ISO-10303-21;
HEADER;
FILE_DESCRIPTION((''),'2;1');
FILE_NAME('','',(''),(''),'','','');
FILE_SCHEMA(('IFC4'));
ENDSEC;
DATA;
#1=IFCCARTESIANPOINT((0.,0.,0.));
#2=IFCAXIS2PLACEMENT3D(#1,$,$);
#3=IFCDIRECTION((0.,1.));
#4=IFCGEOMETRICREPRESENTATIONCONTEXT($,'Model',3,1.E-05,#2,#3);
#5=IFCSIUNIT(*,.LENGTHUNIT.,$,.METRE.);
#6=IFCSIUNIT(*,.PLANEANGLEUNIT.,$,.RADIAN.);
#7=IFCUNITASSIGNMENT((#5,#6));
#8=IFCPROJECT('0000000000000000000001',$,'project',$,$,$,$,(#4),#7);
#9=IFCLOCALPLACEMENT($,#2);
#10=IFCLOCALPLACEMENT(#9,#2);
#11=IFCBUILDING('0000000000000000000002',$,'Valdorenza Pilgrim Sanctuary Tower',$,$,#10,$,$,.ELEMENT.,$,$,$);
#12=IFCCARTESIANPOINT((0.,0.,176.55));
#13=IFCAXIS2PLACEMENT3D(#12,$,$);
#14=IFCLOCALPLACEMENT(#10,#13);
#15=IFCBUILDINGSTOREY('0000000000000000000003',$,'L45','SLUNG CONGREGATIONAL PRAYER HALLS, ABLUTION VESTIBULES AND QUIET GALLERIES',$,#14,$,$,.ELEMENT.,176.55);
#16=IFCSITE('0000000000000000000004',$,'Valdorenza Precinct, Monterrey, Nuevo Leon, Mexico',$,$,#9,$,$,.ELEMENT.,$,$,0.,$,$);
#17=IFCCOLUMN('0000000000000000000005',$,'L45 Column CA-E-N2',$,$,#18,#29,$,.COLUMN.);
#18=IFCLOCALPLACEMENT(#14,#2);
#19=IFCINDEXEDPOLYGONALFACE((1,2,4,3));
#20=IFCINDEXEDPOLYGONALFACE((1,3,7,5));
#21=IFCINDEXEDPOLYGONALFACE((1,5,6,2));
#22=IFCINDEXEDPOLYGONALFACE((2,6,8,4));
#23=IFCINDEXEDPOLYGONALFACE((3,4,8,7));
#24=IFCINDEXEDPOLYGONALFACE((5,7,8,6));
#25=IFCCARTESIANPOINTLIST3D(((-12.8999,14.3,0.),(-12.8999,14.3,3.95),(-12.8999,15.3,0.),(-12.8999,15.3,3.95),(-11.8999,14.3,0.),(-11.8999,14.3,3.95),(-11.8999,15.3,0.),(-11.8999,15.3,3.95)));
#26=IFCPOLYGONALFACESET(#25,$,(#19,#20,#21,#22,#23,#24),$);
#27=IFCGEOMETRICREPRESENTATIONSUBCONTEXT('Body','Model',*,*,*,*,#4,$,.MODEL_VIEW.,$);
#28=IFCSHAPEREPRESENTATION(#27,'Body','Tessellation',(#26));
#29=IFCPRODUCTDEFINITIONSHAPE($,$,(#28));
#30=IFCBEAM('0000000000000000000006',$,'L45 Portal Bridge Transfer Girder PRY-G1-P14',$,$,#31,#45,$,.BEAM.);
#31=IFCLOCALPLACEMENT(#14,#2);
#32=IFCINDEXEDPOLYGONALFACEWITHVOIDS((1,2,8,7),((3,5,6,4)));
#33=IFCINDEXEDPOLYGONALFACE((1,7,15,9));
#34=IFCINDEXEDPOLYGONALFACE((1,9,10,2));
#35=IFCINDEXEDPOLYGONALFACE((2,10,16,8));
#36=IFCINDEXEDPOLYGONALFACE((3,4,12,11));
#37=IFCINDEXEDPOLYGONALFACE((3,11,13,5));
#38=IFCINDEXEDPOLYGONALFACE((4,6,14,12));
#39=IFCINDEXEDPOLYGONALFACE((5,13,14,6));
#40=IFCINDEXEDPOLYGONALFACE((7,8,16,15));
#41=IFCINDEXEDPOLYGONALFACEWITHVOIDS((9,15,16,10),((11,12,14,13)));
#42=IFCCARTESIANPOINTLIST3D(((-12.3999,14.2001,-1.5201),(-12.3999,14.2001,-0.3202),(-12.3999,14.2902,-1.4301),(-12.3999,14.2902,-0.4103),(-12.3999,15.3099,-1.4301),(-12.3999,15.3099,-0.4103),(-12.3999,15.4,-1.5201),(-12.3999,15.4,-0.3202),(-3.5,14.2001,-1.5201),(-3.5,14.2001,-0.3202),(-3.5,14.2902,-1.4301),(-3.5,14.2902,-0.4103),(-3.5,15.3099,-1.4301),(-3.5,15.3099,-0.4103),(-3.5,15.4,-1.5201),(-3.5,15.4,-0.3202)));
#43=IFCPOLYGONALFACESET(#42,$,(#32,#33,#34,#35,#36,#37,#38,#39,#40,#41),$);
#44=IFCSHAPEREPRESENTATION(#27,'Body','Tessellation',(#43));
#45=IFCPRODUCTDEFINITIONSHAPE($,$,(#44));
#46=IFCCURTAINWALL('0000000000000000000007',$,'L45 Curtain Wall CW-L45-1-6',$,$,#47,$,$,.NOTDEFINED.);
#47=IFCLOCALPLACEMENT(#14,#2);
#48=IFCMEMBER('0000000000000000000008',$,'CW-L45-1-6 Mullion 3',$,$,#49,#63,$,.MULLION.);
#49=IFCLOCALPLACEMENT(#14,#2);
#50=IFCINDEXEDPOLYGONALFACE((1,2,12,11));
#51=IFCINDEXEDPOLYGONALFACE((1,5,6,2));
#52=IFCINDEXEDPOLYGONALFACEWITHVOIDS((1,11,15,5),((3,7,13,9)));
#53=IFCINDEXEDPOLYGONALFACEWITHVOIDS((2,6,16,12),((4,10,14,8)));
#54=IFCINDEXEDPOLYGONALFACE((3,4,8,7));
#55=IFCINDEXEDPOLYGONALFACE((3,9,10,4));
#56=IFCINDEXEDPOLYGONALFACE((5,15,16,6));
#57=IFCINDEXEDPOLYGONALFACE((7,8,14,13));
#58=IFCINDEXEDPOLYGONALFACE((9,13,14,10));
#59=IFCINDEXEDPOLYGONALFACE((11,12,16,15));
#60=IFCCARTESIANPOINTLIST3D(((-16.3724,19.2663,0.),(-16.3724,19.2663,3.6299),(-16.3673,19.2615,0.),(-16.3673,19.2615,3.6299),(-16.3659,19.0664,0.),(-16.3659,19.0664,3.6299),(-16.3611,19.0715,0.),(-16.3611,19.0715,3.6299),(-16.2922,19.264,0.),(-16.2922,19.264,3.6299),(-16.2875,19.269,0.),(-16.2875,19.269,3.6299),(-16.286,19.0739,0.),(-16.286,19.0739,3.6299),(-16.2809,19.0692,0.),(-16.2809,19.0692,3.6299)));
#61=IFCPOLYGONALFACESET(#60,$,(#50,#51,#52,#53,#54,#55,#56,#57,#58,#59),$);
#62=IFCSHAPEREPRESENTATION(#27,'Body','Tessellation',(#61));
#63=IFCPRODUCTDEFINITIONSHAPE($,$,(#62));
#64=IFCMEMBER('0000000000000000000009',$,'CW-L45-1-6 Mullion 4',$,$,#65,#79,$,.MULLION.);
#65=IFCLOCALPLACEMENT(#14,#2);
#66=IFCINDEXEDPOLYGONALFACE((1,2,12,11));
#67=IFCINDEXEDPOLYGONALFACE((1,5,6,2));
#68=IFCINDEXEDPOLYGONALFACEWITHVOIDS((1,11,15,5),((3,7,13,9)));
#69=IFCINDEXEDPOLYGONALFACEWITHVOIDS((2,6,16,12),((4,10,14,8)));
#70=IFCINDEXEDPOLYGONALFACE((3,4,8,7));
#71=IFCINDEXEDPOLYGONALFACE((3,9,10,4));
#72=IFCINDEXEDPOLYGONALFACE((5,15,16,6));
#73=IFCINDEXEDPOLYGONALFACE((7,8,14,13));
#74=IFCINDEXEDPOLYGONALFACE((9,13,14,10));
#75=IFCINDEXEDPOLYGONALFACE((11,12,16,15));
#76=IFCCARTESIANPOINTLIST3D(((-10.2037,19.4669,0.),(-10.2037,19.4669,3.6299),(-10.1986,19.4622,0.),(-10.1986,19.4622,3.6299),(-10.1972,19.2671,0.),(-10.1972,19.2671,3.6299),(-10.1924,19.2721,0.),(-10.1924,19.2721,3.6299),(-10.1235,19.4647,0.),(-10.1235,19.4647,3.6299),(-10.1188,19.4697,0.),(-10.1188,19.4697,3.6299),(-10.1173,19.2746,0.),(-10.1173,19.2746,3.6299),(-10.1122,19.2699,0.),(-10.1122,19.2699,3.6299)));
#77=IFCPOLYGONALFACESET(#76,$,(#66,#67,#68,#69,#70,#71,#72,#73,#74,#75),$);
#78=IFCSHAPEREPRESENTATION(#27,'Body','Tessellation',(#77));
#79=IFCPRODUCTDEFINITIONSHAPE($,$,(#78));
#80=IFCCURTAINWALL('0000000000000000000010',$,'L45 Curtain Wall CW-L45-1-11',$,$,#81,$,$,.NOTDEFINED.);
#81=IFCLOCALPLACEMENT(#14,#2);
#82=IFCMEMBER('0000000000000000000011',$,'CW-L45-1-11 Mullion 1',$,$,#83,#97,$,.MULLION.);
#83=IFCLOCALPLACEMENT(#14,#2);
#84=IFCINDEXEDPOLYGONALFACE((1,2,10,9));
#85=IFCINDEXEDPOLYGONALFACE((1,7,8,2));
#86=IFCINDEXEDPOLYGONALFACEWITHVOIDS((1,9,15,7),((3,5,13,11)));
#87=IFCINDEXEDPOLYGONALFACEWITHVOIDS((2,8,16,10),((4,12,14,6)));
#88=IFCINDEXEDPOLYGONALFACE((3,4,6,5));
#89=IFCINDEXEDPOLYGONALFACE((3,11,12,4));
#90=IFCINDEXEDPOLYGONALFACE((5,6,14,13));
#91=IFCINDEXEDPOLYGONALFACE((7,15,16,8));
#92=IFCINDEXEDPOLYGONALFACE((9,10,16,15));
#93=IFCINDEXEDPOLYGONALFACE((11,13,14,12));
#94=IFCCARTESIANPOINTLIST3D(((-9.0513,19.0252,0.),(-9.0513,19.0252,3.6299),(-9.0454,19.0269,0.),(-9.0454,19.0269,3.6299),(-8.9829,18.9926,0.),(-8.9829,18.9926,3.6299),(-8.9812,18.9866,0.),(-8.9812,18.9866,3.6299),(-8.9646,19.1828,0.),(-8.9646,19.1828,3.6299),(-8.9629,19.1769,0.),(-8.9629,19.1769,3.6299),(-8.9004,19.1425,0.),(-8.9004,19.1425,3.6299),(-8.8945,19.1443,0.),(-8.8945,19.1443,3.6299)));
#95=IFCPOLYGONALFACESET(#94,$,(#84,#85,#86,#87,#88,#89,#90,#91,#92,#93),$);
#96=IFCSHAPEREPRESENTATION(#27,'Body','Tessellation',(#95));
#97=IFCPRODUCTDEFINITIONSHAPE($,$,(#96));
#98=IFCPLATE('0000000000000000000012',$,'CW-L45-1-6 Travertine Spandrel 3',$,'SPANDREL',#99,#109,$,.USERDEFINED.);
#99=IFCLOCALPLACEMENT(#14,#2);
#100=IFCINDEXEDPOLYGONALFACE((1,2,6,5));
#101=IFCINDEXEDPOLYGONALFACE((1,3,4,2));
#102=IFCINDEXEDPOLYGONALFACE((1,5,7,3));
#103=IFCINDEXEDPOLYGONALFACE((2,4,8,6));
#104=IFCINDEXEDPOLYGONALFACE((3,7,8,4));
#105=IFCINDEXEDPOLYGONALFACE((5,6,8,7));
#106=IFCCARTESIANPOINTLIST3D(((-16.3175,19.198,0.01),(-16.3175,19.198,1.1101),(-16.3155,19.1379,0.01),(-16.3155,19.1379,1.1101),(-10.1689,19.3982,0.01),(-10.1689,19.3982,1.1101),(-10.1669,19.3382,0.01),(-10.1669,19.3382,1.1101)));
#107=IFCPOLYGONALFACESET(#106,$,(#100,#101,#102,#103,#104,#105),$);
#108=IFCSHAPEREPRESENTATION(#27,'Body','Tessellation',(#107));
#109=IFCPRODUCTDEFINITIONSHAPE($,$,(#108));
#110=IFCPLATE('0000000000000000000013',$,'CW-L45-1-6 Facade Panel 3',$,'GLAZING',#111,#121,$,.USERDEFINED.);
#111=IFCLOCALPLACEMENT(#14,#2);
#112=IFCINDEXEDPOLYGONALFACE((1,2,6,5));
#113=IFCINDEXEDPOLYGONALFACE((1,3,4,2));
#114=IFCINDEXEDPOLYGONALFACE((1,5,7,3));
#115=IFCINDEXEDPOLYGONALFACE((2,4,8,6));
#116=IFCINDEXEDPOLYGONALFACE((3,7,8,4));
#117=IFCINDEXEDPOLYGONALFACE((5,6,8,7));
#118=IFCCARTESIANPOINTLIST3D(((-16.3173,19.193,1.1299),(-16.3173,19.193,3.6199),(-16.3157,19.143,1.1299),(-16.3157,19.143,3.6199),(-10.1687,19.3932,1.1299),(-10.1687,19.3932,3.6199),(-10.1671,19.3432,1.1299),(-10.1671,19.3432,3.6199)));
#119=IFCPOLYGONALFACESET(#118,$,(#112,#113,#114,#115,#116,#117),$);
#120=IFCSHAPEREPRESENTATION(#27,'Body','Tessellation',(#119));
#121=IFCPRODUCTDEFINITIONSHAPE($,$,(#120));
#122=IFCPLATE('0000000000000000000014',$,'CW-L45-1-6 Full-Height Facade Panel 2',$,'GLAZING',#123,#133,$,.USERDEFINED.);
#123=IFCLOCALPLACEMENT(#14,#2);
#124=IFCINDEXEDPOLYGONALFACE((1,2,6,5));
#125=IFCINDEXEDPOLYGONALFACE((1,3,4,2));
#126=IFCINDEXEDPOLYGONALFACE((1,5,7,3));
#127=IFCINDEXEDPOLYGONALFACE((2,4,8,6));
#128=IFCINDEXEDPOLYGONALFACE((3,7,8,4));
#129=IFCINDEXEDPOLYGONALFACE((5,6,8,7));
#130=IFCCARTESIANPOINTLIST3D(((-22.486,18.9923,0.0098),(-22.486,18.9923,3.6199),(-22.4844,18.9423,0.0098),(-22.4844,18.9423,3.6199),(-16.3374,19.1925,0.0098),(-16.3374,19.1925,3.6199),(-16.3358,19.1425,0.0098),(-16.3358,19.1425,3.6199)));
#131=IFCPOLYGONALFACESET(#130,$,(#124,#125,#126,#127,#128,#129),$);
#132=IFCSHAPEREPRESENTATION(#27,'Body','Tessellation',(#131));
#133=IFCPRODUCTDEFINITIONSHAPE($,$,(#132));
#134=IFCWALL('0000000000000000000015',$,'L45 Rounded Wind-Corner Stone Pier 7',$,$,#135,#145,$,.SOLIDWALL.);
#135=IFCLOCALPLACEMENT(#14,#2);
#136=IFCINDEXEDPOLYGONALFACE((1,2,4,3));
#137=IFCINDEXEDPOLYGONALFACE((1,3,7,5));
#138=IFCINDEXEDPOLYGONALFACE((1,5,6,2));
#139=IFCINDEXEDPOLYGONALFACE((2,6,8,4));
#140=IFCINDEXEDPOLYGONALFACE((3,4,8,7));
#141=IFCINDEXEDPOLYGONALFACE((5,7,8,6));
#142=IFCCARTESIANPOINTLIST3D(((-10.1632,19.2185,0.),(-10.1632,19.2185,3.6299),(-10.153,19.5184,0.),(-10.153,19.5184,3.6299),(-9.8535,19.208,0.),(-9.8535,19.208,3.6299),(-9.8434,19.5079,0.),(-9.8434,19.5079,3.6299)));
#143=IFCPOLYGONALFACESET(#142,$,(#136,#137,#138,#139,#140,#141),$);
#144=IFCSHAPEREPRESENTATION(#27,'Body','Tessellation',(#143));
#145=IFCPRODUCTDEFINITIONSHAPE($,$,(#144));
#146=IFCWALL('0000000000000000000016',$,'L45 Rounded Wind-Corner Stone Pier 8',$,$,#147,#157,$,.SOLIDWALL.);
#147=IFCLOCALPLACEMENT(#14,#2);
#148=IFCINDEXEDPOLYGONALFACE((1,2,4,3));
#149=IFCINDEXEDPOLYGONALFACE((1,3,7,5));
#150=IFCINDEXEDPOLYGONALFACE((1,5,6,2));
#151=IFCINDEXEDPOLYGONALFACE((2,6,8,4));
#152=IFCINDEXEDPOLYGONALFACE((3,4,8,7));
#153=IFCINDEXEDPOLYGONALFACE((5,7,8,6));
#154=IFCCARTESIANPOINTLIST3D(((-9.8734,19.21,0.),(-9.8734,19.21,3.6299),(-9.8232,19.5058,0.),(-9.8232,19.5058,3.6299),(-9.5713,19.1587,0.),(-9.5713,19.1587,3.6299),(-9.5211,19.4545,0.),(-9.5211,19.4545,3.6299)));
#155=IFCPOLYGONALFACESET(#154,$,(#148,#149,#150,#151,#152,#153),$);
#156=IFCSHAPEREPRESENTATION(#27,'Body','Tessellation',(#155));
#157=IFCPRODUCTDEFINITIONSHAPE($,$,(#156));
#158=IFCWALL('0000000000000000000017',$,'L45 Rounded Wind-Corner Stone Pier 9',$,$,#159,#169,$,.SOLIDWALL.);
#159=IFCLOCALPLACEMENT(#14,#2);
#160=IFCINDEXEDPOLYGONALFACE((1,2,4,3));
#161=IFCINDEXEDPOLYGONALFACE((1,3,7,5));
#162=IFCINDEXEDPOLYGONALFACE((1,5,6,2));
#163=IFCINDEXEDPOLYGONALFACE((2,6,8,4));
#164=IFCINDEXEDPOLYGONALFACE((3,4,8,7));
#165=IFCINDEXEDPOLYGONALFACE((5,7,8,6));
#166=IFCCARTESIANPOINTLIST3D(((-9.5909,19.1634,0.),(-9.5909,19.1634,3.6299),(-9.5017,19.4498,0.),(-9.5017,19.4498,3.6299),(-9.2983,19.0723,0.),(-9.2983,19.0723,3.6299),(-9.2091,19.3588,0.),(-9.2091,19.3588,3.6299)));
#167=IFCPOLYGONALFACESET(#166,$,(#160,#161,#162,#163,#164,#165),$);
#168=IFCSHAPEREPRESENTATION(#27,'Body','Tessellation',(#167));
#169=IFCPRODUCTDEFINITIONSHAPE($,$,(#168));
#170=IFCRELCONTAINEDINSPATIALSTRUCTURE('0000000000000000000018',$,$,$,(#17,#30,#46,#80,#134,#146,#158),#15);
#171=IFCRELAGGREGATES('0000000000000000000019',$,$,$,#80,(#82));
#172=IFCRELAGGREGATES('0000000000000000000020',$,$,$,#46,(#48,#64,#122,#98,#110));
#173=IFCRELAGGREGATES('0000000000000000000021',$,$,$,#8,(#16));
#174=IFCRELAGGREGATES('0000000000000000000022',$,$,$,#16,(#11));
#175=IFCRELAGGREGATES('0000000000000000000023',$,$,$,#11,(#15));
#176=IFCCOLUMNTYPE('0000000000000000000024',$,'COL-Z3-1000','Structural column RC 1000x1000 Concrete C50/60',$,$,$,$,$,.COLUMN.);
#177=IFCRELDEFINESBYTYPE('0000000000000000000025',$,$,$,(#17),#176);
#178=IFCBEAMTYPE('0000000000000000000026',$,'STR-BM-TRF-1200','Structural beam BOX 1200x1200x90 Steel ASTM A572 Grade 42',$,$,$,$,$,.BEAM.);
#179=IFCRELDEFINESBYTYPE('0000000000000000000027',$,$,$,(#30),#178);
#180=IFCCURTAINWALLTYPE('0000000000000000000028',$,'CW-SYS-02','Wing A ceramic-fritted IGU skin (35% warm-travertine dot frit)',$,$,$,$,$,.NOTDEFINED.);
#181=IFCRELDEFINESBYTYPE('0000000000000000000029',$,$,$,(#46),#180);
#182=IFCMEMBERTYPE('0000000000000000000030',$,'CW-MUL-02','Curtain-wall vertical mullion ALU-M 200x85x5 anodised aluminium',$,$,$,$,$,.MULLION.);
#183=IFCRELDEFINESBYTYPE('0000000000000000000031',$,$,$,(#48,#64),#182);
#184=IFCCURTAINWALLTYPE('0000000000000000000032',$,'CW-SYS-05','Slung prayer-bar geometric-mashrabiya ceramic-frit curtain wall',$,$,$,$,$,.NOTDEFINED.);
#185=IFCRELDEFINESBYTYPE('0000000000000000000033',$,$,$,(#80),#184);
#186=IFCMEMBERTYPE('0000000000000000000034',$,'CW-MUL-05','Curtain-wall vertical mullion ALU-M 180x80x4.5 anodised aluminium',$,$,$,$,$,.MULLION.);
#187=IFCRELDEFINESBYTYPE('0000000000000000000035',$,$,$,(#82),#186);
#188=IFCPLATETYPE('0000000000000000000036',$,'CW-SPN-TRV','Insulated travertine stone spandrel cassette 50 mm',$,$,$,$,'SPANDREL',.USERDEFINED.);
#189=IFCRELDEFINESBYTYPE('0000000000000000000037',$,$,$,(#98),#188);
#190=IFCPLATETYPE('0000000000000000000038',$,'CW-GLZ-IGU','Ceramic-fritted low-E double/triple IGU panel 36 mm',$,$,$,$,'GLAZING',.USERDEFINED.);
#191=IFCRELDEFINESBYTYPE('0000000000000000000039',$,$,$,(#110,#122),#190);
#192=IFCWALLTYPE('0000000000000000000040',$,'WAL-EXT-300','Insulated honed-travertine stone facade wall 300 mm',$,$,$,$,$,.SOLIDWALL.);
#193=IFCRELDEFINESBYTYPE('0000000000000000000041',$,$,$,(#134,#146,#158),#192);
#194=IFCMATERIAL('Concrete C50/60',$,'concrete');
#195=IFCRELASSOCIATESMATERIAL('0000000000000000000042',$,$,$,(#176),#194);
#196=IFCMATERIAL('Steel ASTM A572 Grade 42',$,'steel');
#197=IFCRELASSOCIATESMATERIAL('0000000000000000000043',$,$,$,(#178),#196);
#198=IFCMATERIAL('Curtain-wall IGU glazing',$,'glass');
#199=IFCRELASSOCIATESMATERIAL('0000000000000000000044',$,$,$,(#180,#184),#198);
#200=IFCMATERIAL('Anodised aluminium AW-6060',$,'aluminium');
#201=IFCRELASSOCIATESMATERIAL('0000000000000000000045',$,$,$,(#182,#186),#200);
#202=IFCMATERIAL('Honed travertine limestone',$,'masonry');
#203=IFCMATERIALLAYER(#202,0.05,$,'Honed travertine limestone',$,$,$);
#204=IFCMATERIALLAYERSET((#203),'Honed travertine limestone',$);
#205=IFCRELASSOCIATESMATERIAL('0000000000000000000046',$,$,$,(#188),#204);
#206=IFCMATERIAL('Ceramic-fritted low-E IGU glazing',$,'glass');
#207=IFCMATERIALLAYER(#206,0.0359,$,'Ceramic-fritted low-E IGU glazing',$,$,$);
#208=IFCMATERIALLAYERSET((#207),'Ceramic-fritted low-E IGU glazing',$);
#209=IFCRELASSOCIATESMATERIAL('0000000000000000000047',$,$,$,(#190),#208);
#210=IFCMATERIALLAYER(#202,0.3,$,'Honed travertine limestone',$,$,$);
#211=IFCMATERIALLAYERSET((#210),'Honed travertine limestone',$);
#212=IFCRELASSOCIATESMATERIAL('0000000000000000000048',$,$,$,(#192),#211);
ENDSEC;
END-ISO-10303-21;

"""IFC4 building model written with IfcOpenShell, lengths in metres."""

from ifc_helpers import new_model, si_unit, direction, frame, frame_2d, origin, origin_2d, place, context, subcontext, project, spatial, rectangle, hollow_rectangle, extrude, source, transform, mapped, material, layer, layer_set, material_profile, profile_set, type_object, element, aggregate, save


model = new_model("IFC4")

# Units and contexts
model_context = context("Model", 3, precision=1e-05, world=origin(), true_north=direction((0.0, 1.0)))
body_context = subcontext(model_context, "Body", "Model", "MODEL_VIEW")
ifc_project = project(units=[si_unit("LENGTHUNIT", "METRE"), si_unit("PLANEANGLEUNIT", "RADIAN")], contexts=[model_context])

# Site, building, storey
site_placement = place(None, origin())
site = spatial("IfcSite", under=ifc_project, at=site_placement, Name="Valdorenza Precinct, Monterrey, Nuevo Leon, Mexico", CompositionType="ELEMENT", RefElevation=0.0)
building_placement = place(site_placement, origin())
building = spatial("IfcBuilding", under=site, at=building_placement, Name="Valdorenza Pilgrim Sanctuary Tower", CompositionType="ELEMENT")
storey_placement = place(building_placement, frame((0.0, 0.0, 176.55)))
storey = spatial("IfcBuildingStorey", under=building, at=storey_placement, Name="L45", Description="SLUNG CONGREGATIONAL PRAYER HALLS, ABLUTION VESTIBULES AND QUIET GALLERIES", CompositionType="ELEMENT", Elevation=176.55)

# Column
ifc_material_1 = material(Name="Concrete C50/60", Category="concrete")
ifc_material_profile_1 = material_profile(ifc_material_1, rectangle(XDim=1.0, YDim=1.0, at=origin_2d()), Name="RC 1000x1000")
ifc_profile_set_1 = profile_set([ifc_material_profile_1], Name="Concrete C50/60")
column_type = type_object("IfcColumnType", Name="COL-Z3-1000", Description="Structural column RC 1000x1000 Concrete C50/60", PredefinedType="COLUMN", material=ifc_profile_set_1)
shared_shape_1 = source(origin(), body_context, "Body", "SweptSolid", [
    extrude(rectangle(XDim=1.0, YDim=1.0, at=origin_2d()), origin(), (0.0, 0.0, 1.0), 3.95),
])
column_placement = place(storey_placement, frame((-12.3999, 14.8, 0.0), z_axis=(0.0, 0.0, 1.0), x_axis=(1.0, 0.0, 0.0)))
element("IfcColumn", 1, at=column_placement, inside=storey, type_object=column_type, Name="L45 Column CA-E-N2", PredefinedType="COLUMN", context=body_context, shape_type="MappedRepresentation", body=[
    mapped(shared_shape_1, transform((0.0, 0.0, 0.0), x_axis=(1.0, 0.0, 0.0), y_axis=(0.0, 1.0, 0.0), z_axis=(0.0, 0.0, 1.0), scale=1.0)),
])

# Beam
ifc_material_2 = material(Name="Steel ASTM A572 Grade 42", Category="steel")
ifc_material_profile_2 = material_profile(ifc_material_2, hollow_rectangle(XDim=1.2, YDim=1.2, WallThickness=0.0901, at=origin_2d()), Name="BOX 1200x1200x90")
ifc_profile_set_2 = profile_set([ifc_material_profile_2], Name="Steel ASTM A572 Grade 42")
beam_type = type_object("IfcBeamType", Name="STR-BM-TRF-1200", Description="Structural beam BOX 1200x1200x90 Steel ASTM A572 Grade 42", PredefinedType="BEAM", material=ifc_profile_set_2)
shared_shape_2 = source(origin(), body_context, "Body", "SweptSolid", [
    extrude(hollow_rectangle(XDim=1.2, YDim=1.2, WallThickness=0.0901, at=origin_2d()), origin(), (0.0, 0.0, 1.0), 8.8999),
])
beam_placement = place(storey_placement, frame((-12.3999, 14.8, -0.9202), z_axis=(1.0, 0.0, 0.0), x_axis=(0.0, 1.0, 0.0)))
element("IfcBeam", 2, at=beam_placement, inside=storey, type_object=beam_type, Name="L45 Portal Bridge Transfer Girder PRY-G1-P14", PredefinedType="BEAM", context=body_context, shape_type="MappedRepresentation", body=[
    mapped(shared_shape_2, transform((0.0, 0.0, 0.0), x_axis=(1.0, 0.0, 0.0), y_axis=(0.0, 1.0, 0.0), z_axis=(0.0, 0.0, 1.0), scale=1.0)),
])

# Curtain wall, members
ifc_material_3 = material(Name="Curtain-wall IGU glazing", Category="glass")
curtain_wall_type_1 = type_object("IfcCurtainWallType", Name="CW-SYS-02", Description="Wing A ceramic-fritted IGU skin (35% warm-travertine dot frit)", PredefinedType="NOTDEFINED", material=ifc_material_3)
curtain_wall_1_placement = place(storey_placement, origin())
curtain_wall_1 = element("IfcCurtainWall", 3, at=curtain_wall_1_placement, inside=storey, type_object=curtain_wall_type_1, Name="L45 Curtain Wall CW-L45-1-6", PredefinedType="NOTDEFINED")
ifc_material_4 = material(Name="Anodised aluminium AW-6060", Category="aluminium")
ifc_material_profile_3 = material_profile(ifc_material_4, hollow_rectangle(XDim=0.085, YDim=0.2, WallThickness=0.0049, at=origin_2d()), Name="ALU-M 200x85x5")
ifc_profile_set_3 = profile_set([ifc_material_profile_3], Name="Anodised aluminium AW-6060")
member_type_1 = type_object("IfcMemberType", Name="CW-MUL-02", Description="Curtain-wall vertical mullion ALU-M 200x85x5 anodised aluminium", PredefinedType="MULLION", material=ifc_profile_set_3)
shared_shape_3 = source(origin(), body_context, "Body", "SweptSolid", [
    extrude(hollow_rectangle(XDim=0.085, YDim=0.2, WallThickness=0.0049, at=origin_2d()), origin(), (0.0, 0.0, 1.0), 3.6299),
])
member_1_placement = place(storey_placement, frame((-16.3267, 19.1677, 0.0), z_axis=(0.0, 0.0, 1.0), x_axis=(0.99947, 0.032545, 0.0)))
member_1 = element("IfcMember", 4, at=member_1_placement, type_object=member_type_1, Name="CW-L45-1-6 Mullion 3", PredefinedType="MULLION", context=body_context, shape_type="MappedRepresentation", body=[
    mapped(shared_shape_3, transform((0.0, 0.0, 0.0), x_axis=(1.0, 0.0, 0.0), y_axis=(0.0, 1.0, 0.0), z_axis=(0.0, 0.0, 1.0), scale=1.0)),
])
member_2_placement = place(storey_placement, frame((-10.158, 19.3684, 0.0), z_axis=(0.0, 0.0, 1.0), x_axis=(0.99947, 0.032545, 0.0)))
member_2 = element("IfcMember", 5, at=member_2_placement, type_object=member_type_1, Name="CW-L45-1-6 Mullion 4", PredefinedType="MULLION", context=body_context, shape_type="MappedRepresentation", body=[
    mapped(shared_shape_3, transform((0.0, 0.0, 0.0), x_axis=(1.0, 0.0, 0.0), y_axis=(0.0, 1.0, 0.0), z_axis=(0.0, 0.0, 1.0), scale=1.0)),
])

# Curtain wall, member
curtain_wall_type_2 = type_object("IfcCurtainWallType", Name="CW-SYS-05", Description="Slung prayer-bar geometric-mashrabiya ceramic-frit curtain wall", PredefinedType="NOTDEFINED", material=ifc_material_3)
curtain_wall_2_placement = place(storey_placement, origin())
curtain_wall_2 = element("IfcCurtainWall", 6, at=curtain_wall_2_placement, inside=storey, type_object=curtain_wall_type_2, Name="L45 Curtain Wall CW-L45-1-11", PredefinedType="NOTDEFINED")
ifc_material_profile_4 = material_profile(ifc_material_4, hollow_rectangle(XDim=0.0801, YDim=0.1799, WallThickness=0.0044, at=origin_2d()), Name="ALU-M 180x80x4.5")
ifc_profile_set_4 = profile_set([ifc_material_profile_4], Name="Anodised aluminium AW-6060")
member_type_2 = type_object("IfcMemberType", Name="CW-MUL-05", Description="Curtain-wall vertical mullion ALU-M 180x80x4.5 anodised aluminium", PredefinedType="MULLION", material=ifc_profile_set_4)
shared_shape_4 = source(origin(), body_context, "Body", "SweptSolid", [
    extrude(hollow_rectangle(XDim=0.0801, YDim=0.1799, WallThickness=0.0044, at=origin_2d()), origin(), (0.0, 0.0, 1.0), 3.6299),
])
member_3_placement = place(storey_placement, frame((-8.9729, 19.0847, 0.0), z_axis=(0.0, 0.0, 1.0), x_axis=(0.876214, -0.481922, 0.0)))
member_3 = element("IfcMember", 7, at=member_3_placement, type_object=member_type_2, Name="CW-L45-1-11 Mullion 1", PredefinedType="MULLION", context=body_context, shape_type="MappedRepresentation", body=[
    mapped(shared_shape_4, transform((0.0, 0.0, 0.0), x_axis=(1.0, 0.0, 0.0), y_axis=(0.0, 1.0, 0.0), z_axis=(0.0, 0.0, 1.0), scale=1.0)),
])
aggregate(curtain_wall_2, [member_3])

# Plates
ifc_material_5 = material(Name="Honed travertine limestone", Category="masonry")
ifc_layer_1 = layer(ifc_material_5, 0.05, Name="Honed travertine limestone")
ifc_layer_set_1 = layer_set([ifc_layer_1], Name="Honed travertine limestone")
plate_type_1 = type_object("IfcPlateType", Name="CW-SPN-TRV", Description="Insulated travertine stone spandrel cassette 50 mm", ElementType="SPANDREL", PredefinedType="USERDEFINED", material=ifc_layer_set_1)
shared_shape_5 = source(origin(), body_context, "Body", "SweptSolid", [
    extrude(rectangle(XDim=6.1519, YDim=0.0601, at=origin_2d()), origin(), (0.0, 0.0, 1.0), 1.1001),
])
plate_1_placement = place(storey_placement, frame((-13.2422, 19.2681, 0.01), z_axis=(0.0, 0.0, 1.0), x_axis=(0.99947, 0.032545, 0.0)))
plate_1 = element("IfcPlate", 8, at=plate_1_placement, type_object=plate_type_1, Name="CW-L45-1-6 Travertine Spandrel 3", ObjectType="SPANDREL", PredefinedType="USERDEFINED", context=body_context, shape_type="MappedRepresentation", body=[
    mapped(shared_shape_5, transform((0.0, 0.0, 0.0), x_axis=(1.0, 0.0, 0.0), y_axis=(0.0, 1.0, 0.0), z_axis=(0.0, 0.0, 1.0), scale=1.0)),
])
ifc_material_6 = material(Name="Ceramic-fritted low-E IGU glazing", Category="glass")
ifc_layer_2 = layer(ifc_material_6, 0.0359, Name="Ceramic-fritted low-E IGU glazing")
ifc_layer_set_2 = layer_set([ifc_layer_2], Name="Ceramic-fritted low-E IGU glazing")
plate_type_2 = type_object("IfcPlateType", Name="CW-GLZ-IGU", Description="Ceramic-fritted low-E double/triple IGU panel 36 mm", ElementType="GLAZING", PredefinedType="USERDEFINED", material=ifc_layer_set_2)
shared_shape_6 = source(origin(), body_context, "Body", "SweptSolid", [
    extrude(rectangle(XDim=6.1519, YDim=0.05, at=origin_2d()), origin(), (0.0, 0.0, 1.0), 2.49),
])
plate_2_placement = place(storey_placement, frame((-13.2422, 19.2681, 1.1299), z_axis=(0.0, 0.0, 1.0), x_axis=(0.99947, 0.032545, 0.0)))
plate_2 = element("IfcPlate", 9, at=plate_2_placement, type_object=plate_type_2, Name="CW-L45-1-6 Facade Panel 3", ObjectType="GLAZING", PredefinedType="USERDEFINED", context=body_context, shape_type="MappedRepresentation", body=[
    mapped(shared_shape_6, transform((0.0, 0.0, 0.0), x_axis=(1.0, 0.0, 0.0), y_axis=(0.0, 1.0, 0.0), z_axis=(0.0, 0.0, 1.0), scale=1.0)),
])
shared_shape_7 = source(origin(), body_context, "Body", "SweptSolid", [
    extrude(rectangle(XDim=6.1519, YDim=0.05, at=origin_2d()), origin(), (0.0, 0.0, 1.0), 3.6101),
])
plate_3_placement = place(storey_placement, frame((-19.4109, 19.0674, 0.0098), z_axis=(0.0, 0.0, 1.0), x_axis=(0.99947, 0.032545, 0.0)))
plate_3 = element("IfcPlate", 10, at=plate_3_placement, type_object=plate_type_2, Name="CW-L45-1-6 Full-Height Facade Panel 2", ObjectType="GLAZING", PredefinedType="USERDEFINED", context=body_context, shape_type="MappedRepresentation", body=[
    mapped(shared_shape_7, transform((0.0, 0.0, 0.0), x_axis=(1.0, 0.0, 0.0), y_axis=(0.0, 1.0, 0.0), z_axis=(0.0, 0.0, 1.0), scale=1.0)),
])
aggregate(curtain_wall_1, [member_1, member_2, plate_3, plate_1, plate_2])

# Walls
ifc_layer_3 = layer(ifc_material_5, 0.3, Name="Honed travertine limestone")
ifc_layer_set_3 = layer_set([ifc_layer_3], Name="Honed travertine limestone")
wall_type_1 = type_object("IfcWallType", Name="WAL-EXT-300", Description="Insulated honed-travertine stone facade wall 300 mm", PredefinedType="SOLIDWALL", material=ifc_layer_set_3)
wall_1_placement = place(storey_placement, frame((-10.158, 19.3684, 0.0), z_axis=(0.0, 0.0, 1.0), x_axis=(0.999425, -0.033892, 0.0)))
element("IfcWall", 11, at=wall_1_placement, inside=storey, type_object=wall_type_1, Name="L45 Rounded Wind-Corner Stone Pier 7", PredefinedType="SOLIDWALL", context=body_context, shape_type="SweptSolid", body=[
    extrude(rectangle(XDim=0.3098, YDim=0.3, at=frame_2d((0.1548, 0.0))), origin(), (0.0, 0.0, 1.0), 3.6299),
])
for number, where, z_axis, x_axis, name in (
    (12, (-9.8484, 19.3579, 0.0), (0.0, 0.0, 1.0), (0.985894, -0.167371, 0.0), "L45 Rounded Wind-Corner Stone Pier 8"),
    (13, (-9.5464, 19.3066, 0.0), (0.0, 0.0, 1.0), (0.954791, -0.297276, 0.0), "L45 Rounded Wind-Corner Stone Pier 9"),
):
    element("IfcWall", number, at=place(storey_placement, frame(where, z_axis=z_axis, x_axis=x_axis)), inside=storey, type_object=wall_type_1, Name=name, PredefinedType="SOLIDWALL", context=body_context, shape_type="SweptSolid", body=[
        extrude(rectangle(XDim=0.3064, YDim=0.3, at=frame_2d((0.1533, 0.0))), origin(), (0.0, 0.0, 1.0), 3.6299),
    ])

save(model, "model.ifc")
